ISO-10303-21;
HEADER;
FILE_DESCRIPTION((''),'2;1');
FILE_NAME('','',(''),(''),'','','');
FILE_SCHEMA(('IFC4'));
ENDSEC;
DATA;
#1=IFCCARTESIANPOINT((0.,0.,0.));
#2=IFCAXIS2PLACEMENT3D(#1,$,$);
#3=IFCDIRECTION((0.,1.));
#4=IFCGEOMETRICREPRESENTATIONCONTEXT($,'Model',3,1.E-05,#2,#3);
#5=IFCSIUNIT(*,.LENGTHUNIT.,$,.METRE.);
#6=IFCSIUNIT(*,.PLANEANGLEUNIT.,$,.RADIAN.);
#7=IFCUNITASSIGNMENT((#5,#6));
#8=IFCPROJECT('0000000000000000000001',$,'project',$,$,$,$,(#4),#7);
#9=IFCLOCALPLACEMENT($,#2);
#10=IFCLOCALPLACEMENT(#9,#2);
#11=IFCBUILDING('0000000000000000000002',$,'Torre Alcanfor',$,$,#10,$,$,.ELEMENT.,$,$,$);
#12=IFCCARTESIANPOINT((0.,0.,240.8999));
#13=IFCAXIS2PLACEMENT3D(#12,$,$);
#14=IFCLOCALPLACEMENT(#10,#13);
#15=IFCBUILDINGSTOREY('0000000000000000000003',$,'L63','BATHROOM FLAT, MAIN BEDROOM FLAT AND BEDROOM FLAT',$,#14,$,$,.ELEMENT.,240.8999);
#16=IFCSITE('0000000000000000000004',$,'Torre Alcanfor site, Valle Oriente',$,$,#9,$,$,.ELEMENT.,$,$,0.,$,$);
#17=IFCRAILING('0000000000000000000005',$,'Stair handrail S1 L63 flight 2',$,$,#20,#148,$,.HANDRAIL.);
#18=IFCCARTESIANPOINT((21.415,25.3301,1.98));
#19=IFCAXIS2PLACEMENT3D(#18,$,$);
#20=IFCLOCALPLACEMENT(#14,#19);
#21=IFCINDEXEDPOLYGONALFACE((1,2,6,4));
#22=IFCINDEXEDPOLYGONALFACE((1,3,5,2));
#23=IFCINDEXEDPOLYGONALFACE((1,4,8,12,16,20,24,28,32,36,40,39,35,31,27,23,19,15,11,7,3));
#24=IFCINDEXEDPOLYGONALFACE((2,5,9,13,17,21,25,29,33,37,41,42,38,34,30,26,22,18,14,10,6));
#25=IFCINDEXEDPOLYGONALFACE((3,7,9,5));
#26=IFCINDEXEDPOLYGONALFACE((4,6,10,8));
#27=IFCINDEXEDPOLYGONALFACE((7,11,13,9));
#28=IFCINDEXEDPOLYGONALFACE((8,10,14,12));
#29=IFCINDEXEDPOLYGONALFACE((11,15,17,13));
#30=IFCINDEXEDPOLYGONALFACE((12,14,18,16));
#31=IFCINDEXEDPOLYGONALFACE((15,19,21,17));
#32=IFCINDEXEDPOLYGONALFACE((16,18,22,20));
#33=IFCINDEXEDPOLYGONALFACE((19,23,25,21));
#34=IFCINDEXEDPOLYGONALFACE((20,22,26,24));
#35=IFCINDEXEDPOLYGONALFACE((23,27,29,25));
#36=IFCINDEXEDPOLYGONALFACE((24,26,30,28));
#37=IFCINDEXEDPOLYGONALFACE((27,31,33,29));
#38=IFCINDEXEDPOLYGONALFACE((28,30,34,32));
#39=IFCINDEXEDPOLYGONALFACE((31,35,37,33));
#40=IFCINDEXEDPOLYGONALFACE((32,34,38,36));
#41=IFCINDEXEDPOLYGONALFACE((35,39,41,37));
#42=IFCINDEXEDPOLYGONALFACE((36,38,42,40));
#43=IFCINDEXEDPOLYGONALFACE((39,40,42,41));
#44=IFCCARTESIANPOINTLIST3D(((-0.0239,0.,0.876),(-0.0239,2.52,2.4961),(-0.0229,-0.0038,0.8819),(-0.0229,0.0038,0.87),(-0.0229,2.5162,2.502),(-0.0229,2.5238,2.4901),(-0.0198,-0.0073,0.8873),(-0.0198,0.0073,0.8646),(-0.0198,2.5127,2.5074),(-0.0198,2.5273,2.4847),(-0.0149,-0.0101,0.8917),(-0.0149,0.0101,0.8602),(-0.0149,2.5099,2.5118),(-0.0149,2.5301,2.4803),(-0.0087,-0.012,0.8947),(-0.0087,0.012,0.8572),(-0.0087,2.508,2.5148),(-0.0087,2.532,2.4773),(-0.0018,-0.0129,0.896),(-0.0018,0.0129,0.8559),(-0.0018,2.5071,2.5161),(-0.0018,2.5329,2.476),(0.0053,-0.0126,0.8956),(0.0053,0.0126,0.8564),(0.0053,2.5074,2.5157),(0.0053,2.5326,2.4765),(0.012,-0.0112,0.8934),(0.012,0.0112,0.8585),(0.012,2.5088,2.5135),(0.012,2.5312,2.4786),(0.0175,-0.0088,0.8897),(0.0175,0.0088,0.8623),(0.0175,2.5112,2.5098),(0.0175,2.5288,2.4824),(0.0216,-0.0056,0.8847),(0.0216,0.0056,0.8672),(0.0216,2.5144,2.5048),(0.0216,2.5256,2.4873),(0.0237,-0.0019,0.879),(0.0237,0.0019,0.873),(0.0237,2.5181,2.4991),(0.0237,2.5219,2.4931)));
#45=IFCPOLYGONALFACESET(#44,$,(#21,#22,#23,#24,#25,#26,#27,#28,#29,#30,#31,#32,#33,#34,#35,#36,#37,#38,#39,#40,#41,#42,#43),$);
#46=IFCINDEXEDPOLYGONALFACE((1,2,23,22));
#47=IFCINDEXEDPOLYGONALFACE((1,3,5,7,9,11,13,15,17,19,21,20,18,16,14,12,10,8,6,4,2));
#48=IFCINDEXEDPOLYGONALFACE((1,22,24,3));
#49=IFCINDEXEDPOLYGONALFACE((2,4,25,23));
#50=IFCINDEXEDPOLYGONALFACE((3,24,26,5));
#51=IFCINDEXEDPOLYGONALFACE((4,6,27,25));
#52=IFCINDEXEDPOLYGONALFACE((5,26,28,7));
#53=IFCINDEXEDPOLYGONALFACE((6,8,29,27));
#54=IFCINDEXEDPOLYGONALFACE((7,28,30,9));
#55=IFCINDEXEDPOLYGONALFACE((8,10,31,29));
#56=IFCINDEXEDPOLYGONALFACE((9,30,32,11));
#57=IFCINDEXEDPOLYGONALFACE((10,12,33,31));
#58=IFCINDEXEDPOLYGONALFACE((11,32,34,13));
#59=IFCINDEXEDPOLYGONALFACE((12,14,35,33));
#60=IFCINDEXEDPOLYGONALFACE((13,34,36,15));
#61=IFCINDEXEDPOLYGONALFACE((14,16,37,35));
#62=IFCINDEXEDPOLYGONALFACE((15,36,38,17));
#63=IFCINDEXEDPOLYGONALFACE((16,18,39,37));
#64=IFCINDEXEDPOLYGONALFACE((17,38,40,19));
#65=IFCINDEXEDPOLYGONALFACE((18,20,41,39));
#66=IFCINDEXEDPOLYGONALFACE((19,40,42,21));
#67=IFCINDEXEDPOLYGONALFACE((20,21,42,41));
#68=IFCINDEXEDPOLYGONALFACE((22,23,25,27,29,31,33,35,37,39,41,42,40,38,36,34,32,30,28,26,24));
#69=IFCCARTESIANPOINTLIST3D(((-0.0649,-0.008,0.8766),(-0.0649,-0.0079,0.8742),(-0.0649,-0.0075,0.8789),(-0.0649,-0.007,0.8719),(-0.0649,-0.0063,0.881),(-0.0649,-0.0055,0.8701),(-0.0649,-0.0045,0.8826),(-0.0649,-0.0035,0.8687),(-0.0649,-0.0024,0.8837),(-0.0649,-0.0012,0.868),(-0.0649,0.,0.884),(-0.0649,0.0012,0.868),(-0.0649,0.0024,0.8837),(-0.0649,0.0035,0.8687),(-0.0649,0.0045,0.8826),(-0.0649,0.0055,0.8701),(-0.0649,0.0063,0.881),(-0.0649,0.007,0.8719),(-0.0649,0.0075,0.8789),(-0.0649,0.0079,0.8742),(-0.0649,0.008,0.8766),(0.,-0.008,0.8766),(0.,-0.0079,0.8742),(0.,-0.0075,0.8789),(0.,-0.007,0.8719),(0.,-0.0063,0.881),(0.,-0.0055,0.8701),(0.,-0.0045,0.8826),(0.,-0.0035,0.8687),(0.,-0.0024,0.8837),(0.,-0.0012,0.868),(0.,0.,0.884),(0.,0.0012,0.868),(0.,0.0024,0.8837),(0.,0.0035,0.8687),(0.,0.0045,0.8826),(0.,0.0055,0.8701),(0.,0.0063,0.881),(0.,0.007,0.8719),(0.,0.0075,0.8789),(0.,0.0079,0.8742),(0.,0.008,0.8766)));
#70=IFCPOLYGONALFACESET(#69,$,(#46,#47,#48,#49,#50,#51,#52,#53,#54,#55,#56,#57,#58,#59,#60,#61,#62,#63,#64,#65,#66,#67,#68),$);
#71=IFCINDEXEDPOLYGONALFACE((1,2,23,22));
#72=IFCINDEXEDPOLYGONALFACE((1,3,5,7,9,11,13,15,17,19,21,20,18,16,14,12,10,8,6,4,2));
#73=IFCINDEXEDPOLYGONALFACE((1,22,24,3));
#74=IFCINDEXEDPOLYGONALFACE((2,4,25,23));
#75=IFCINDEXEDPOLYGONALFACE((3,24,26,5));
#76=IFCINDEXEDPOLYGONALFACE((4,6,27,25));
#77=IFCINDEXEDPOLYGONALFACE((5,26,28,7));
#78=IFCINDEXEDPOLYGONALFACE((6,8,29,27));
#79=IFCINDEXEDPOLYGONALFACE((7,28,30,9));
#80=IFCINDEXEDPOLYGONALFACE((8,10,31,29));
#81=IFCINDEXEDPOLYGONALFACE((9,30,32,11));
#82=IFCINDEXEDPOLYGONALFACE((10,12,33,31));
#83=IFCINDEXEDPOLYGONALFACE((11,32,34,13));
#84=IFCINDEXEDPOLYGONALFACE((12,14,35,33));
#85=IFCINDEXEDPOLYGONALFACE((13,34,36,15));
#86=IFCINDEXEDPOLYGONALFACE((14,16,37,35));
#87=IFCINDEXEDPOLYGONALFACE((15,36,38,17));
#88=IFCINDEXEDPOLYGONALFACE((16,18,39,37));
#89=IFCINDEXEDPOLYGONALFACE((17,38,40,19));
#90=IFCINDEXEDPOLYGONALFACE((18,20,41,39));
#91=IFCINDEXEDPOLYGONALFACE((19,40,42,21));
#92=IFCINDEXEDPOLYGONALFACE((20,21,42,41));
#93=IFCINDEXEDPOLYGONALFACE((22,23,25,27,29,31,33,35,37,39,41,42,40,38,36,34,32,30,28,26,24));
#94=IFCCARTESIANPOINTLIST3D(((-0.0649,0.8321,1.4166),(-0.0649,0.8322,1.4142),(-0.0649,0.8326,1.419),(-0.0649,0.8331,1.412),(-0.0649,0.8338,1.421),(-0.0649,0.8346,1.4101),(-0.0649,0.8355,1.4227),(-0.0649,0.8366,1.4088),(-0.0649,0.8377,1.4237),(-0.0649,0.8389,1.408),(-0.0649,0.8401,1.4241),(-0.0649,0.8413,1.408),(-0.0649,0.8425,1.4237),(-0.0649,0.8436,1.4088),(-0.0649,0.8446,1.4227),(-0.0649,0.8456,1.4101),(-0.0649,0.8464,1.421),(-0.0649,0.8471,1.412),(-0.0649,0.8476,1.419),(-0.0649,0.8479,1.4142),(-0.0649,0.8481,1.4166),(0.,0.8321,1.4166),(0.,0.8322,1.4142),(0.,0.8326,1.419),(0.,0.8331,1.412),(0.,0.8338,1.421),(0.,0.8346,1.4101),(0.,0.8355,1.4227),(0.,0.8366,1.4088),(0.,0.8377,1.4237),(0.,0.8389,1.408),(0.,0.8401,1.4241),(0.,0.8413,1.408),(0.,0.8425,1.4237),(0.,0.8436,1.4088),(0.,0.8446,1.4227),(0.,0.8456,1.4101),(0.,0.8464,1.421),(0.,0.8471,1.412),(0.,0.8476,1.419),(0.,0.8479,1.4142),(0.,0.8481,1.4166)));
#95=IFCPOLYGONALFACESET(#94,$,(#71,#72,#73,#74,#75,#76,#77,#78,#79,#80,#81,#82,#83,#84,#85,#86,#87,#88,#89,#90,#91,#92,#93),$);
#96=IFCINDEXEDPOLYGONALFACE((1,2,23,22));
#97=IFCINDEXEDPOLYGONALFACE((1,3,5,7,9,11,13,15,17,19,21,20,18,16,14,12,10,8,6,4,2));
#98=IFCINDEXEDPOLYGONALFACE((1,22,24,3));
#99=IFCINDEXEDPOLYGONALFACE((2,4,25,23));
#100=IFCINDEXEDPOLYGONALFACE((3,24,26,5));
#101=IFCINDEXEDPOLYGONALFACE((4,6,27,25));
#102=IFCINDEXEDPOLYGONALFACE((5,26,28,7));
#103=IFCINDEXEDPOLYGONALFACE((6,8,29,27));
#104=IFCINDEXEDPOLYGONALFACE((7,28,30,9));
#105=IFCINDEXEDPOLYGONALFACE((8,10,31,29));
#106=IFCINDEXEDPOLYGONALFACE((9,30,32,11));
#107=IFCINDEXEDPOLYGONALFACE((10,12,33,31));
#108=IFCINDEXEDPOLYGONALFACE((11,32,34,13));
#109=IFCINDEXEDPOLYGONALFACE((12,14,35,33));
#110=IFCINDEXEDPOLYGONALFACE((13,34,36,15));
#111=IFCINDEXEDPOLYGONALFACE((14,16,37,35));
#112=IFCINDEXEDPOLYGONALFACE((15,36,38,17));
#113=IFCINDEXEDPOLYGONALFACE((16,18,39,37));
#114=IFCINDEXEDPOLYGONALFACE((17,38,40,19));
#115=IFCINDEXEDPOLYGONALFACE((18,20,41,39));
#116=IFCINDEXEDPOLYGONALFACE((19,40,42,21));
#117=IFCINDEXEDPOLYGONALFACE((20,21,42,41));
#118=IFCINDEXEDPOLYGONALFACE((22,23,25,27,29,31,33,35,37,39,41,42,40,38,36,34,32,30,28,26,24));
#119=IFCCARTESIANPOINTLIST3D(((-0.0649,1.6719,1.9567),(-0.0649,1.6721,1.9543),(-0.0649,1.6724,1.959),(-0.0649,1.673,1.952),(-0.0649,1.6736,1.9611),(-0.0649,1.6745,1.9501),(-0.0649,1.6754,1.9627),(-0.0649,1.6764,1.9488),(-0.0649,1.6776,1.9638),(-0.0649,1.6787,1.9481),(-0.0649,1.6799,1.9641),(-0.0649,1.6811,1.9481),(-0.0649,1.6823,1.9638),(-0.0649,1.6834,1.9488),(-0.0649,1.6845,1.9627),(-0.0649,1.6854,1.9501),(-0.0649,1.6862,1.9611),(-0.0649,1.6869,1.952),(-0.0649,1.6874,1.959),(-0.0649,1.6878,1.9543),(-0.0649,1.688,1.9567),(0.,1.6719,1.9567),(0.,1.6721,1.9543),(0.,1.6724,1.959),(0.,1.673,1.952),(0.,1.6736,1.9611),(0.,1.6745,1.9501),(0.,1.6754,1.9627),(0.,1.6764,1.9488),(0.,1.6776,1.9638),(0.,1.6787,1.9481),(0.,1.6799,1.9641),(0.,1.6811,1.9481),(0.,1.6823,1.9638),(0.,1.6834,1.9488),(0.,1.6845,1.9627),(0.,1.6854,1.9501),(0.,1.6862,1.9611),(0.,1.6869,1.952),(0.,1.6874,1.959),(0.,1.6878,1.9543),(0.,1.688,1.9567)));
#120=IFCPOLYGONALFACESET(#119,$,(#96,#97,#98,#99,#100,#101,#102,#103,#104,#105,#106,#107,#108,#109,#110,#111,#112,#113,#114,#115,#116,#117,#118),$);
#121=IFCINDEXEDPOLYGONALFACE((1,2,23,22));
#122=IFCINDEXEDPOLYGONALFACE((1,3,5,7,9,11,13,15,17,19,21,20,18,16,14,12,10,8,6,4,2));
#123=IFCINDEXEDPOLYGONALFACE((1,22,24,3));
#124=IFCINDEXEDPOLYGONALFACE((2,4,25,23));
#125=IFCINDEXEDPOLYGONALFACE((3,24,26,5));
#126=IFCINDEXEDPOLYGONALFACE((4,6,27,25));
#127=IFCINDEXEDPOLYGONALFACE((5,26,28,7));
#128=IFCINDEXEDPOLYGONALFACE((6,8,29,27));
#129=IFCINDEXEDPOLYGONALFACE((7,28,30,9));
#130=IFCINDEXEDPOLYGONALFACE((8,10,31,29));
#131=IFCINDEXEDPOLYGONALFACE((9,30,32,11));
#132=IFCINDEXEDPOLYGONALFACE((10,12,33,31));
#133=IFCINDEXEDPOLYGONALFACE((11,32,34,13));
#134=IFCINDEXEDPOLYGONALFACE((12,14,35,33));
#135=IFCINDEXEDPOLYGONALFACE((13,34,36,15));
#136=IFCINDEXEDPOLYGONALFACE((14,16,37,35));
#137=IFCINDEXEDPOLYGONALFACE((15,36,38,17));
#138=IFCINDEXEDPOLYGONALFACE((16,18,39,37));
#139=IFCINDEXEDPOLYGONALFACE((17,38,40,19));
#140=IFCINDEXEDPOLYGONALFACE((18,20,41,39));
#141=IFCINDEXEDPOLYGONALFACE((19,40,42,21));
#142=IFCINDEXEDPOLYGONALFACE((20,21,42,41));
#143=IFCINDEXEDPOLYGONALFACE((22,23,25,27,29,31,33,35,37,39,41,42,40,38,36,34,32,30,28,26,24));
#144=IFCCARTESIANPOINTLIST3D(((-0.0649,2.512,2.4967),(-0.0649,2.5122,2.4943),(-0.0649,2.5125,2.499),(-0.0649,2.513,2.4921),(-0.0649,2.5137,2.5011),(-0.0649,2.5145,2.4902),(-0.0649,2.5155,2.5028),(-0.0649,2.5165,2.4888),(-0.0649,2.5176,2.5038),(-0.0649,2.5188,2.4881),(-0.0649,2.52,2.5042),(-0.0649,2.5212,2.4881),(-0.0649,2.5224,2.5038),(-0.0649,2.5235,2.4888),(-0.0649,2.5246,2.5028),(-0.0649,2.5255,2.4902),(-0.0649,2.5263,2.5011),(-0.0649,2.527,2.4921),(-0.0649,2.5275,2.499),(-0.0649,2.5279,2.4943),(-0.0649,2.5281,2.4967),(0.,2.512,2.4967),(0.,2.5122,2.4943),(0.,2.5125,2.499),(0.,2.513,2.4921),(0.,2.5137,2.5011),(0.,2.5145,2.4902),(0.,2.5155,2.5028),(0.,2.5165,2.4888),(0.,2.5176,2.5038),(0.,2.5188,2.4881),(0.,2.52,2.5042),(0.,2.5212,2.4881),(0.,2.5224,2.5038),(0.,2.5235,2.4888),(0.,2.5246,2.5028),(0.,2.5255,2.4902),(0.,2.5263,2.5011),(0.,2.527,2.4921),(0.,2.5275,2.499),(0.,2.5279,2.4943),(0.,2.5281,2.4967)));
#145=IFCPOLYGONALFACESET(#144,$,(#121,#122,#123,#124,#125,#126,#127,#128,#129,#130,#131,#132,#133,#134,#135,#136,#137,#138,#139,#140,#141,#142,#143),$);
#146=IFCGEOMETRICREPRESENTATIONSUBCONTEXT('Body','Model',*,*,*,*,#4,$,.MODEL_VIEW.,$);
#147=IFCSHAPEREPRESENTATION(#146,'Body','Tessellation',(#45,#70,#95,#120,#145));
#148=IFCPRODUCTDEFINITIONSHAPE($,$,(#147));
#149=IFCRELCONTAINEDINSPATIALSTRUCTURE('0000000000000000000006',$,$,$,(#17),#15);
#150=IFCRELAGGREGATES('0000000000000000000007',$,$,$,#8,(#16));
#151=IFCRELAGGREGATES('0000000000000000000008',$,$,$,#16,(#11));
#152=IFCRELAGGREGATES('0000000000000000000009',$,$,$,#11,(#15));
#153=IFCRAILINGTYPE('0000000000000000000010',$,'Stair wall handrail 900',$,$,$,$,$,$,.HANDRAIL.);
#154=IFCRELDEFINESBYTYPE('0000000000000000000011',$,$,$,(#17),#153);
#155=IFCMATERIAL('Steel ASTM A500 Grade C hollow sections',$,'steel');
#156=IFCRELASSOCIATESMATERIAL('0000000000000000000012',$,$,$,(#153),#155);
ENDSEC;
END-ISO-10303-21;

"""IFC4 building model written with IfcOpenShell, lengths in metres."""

from ifc_helpers import new_model, si_unit, direction, frame, origin, origin_2d, place, context, subcontext, project, spatial, circle, extrude, material, type_object, element, save


model = new_model("IFC4")

# Units and contexts
model_context = context("Model", 3, precision=1e-05, world=origin(), true_north=direction((0.0, 1.0)))
body_context = subcontext(model_context, "Body", "Model", "MODEL_VIEW")
ifc_project = project(units=[si_unit("LENGTHUNIT", "METRE"), si_unit("PLANEANGLEUNIT", "RADIAN")], contexts=[model_context])

# Site, building, storey
site_placement = place(None, origin())
site = spatial("IfcSite", under=ifc_project, at=site_placement, Name="Torre Alcanfor site, Valle Oriente", CompositionType="ELEMENT", RefElevation=0.0)
building_placement = place(site_placement, origin())
building = spatial("IfcBuilding", under=site, at=building_placement, Name="Torre Alcanfor", CompositionType="ELEMENT")
storey_placement = place(building_placement, frame((0.0, 0.0, 240.8999)))
storey = spatial("IfcBuildingStorey", under=building, at=storey_placement, Name="L63", Description="BATHROOM FLAT, MAIN BEDROOM FLAT AND BEDROOM FLAT", CompositionType="ELEMENT", Elevation=240.8999)

# Railing
ifc_material_1 = material(Name="Steel ASTM A500 Grade C hollow sections", Category="steel")
railing_type_1 = type_object("IfcRailingType", Name="Stair wall handrail 900", PredefinedType="HANDRAIL", material=ifc_material_1)
railing_1_placement = place(storey_placement, frame((21.415, 25.3301, 1.98)))
element("IfcRailing", 1, at=railing_1_placement, inside=storey, type_object=railing_type_1, Name="Stair handrail S1 L63 flight 2", PredefinedType="HANDRAIL", context=body_context, shape_type="SweptSolid", body=[
    extrude(circle(Radius=0.0239, at=origin_2d()), frame((0.0, 0.0, 0.876), z_axis=(0.0, 0.841163, 0.540782), x_axis=(-1.0, 0.0, 0.0)), (0.0, 0.0, 1.0), 2.9958),
    extrude(circle(Radius=0.0081, at=origin_2d()), frame((0.0, 0.0, 0.876), z_axis=(-1.0, 0.0, 0.0), x_axis=(0.0, 0.0, 1.0)), (0.0, 0.0, 1.0), 0.0649),
    extrude(circle(Radius=0.0081, at=origin_2d()), frame((0.0, 0.8401, 1.416), z_axis=(-1.0, 0.0, 0.0), x_axis=(0.0, 0.0, 1.0)), (0.0, 0.0, 1.0), 0.0649),
    extrude(circle(Radius=0.0081, at=origin_2d()), frame((0.0, 1.6799, 1.9561), z_axis=(-1.0, 0.0, 0.0), x_axis=(0.0, 0.0, 1.0)), (0.0, 0.0, 1.0), 0.0649),
    extrude(circle(Radius=0.0081, at=origin_2d()), frame((0.0, 2.52, 2.4961), z_axis=(-1.0, 0.0, 0.0), x_axis=(0.0, 0.0, 1.0)), (0.0, 0.0, 1.0), 0.0649),
])

save(model, "model.ifc")
